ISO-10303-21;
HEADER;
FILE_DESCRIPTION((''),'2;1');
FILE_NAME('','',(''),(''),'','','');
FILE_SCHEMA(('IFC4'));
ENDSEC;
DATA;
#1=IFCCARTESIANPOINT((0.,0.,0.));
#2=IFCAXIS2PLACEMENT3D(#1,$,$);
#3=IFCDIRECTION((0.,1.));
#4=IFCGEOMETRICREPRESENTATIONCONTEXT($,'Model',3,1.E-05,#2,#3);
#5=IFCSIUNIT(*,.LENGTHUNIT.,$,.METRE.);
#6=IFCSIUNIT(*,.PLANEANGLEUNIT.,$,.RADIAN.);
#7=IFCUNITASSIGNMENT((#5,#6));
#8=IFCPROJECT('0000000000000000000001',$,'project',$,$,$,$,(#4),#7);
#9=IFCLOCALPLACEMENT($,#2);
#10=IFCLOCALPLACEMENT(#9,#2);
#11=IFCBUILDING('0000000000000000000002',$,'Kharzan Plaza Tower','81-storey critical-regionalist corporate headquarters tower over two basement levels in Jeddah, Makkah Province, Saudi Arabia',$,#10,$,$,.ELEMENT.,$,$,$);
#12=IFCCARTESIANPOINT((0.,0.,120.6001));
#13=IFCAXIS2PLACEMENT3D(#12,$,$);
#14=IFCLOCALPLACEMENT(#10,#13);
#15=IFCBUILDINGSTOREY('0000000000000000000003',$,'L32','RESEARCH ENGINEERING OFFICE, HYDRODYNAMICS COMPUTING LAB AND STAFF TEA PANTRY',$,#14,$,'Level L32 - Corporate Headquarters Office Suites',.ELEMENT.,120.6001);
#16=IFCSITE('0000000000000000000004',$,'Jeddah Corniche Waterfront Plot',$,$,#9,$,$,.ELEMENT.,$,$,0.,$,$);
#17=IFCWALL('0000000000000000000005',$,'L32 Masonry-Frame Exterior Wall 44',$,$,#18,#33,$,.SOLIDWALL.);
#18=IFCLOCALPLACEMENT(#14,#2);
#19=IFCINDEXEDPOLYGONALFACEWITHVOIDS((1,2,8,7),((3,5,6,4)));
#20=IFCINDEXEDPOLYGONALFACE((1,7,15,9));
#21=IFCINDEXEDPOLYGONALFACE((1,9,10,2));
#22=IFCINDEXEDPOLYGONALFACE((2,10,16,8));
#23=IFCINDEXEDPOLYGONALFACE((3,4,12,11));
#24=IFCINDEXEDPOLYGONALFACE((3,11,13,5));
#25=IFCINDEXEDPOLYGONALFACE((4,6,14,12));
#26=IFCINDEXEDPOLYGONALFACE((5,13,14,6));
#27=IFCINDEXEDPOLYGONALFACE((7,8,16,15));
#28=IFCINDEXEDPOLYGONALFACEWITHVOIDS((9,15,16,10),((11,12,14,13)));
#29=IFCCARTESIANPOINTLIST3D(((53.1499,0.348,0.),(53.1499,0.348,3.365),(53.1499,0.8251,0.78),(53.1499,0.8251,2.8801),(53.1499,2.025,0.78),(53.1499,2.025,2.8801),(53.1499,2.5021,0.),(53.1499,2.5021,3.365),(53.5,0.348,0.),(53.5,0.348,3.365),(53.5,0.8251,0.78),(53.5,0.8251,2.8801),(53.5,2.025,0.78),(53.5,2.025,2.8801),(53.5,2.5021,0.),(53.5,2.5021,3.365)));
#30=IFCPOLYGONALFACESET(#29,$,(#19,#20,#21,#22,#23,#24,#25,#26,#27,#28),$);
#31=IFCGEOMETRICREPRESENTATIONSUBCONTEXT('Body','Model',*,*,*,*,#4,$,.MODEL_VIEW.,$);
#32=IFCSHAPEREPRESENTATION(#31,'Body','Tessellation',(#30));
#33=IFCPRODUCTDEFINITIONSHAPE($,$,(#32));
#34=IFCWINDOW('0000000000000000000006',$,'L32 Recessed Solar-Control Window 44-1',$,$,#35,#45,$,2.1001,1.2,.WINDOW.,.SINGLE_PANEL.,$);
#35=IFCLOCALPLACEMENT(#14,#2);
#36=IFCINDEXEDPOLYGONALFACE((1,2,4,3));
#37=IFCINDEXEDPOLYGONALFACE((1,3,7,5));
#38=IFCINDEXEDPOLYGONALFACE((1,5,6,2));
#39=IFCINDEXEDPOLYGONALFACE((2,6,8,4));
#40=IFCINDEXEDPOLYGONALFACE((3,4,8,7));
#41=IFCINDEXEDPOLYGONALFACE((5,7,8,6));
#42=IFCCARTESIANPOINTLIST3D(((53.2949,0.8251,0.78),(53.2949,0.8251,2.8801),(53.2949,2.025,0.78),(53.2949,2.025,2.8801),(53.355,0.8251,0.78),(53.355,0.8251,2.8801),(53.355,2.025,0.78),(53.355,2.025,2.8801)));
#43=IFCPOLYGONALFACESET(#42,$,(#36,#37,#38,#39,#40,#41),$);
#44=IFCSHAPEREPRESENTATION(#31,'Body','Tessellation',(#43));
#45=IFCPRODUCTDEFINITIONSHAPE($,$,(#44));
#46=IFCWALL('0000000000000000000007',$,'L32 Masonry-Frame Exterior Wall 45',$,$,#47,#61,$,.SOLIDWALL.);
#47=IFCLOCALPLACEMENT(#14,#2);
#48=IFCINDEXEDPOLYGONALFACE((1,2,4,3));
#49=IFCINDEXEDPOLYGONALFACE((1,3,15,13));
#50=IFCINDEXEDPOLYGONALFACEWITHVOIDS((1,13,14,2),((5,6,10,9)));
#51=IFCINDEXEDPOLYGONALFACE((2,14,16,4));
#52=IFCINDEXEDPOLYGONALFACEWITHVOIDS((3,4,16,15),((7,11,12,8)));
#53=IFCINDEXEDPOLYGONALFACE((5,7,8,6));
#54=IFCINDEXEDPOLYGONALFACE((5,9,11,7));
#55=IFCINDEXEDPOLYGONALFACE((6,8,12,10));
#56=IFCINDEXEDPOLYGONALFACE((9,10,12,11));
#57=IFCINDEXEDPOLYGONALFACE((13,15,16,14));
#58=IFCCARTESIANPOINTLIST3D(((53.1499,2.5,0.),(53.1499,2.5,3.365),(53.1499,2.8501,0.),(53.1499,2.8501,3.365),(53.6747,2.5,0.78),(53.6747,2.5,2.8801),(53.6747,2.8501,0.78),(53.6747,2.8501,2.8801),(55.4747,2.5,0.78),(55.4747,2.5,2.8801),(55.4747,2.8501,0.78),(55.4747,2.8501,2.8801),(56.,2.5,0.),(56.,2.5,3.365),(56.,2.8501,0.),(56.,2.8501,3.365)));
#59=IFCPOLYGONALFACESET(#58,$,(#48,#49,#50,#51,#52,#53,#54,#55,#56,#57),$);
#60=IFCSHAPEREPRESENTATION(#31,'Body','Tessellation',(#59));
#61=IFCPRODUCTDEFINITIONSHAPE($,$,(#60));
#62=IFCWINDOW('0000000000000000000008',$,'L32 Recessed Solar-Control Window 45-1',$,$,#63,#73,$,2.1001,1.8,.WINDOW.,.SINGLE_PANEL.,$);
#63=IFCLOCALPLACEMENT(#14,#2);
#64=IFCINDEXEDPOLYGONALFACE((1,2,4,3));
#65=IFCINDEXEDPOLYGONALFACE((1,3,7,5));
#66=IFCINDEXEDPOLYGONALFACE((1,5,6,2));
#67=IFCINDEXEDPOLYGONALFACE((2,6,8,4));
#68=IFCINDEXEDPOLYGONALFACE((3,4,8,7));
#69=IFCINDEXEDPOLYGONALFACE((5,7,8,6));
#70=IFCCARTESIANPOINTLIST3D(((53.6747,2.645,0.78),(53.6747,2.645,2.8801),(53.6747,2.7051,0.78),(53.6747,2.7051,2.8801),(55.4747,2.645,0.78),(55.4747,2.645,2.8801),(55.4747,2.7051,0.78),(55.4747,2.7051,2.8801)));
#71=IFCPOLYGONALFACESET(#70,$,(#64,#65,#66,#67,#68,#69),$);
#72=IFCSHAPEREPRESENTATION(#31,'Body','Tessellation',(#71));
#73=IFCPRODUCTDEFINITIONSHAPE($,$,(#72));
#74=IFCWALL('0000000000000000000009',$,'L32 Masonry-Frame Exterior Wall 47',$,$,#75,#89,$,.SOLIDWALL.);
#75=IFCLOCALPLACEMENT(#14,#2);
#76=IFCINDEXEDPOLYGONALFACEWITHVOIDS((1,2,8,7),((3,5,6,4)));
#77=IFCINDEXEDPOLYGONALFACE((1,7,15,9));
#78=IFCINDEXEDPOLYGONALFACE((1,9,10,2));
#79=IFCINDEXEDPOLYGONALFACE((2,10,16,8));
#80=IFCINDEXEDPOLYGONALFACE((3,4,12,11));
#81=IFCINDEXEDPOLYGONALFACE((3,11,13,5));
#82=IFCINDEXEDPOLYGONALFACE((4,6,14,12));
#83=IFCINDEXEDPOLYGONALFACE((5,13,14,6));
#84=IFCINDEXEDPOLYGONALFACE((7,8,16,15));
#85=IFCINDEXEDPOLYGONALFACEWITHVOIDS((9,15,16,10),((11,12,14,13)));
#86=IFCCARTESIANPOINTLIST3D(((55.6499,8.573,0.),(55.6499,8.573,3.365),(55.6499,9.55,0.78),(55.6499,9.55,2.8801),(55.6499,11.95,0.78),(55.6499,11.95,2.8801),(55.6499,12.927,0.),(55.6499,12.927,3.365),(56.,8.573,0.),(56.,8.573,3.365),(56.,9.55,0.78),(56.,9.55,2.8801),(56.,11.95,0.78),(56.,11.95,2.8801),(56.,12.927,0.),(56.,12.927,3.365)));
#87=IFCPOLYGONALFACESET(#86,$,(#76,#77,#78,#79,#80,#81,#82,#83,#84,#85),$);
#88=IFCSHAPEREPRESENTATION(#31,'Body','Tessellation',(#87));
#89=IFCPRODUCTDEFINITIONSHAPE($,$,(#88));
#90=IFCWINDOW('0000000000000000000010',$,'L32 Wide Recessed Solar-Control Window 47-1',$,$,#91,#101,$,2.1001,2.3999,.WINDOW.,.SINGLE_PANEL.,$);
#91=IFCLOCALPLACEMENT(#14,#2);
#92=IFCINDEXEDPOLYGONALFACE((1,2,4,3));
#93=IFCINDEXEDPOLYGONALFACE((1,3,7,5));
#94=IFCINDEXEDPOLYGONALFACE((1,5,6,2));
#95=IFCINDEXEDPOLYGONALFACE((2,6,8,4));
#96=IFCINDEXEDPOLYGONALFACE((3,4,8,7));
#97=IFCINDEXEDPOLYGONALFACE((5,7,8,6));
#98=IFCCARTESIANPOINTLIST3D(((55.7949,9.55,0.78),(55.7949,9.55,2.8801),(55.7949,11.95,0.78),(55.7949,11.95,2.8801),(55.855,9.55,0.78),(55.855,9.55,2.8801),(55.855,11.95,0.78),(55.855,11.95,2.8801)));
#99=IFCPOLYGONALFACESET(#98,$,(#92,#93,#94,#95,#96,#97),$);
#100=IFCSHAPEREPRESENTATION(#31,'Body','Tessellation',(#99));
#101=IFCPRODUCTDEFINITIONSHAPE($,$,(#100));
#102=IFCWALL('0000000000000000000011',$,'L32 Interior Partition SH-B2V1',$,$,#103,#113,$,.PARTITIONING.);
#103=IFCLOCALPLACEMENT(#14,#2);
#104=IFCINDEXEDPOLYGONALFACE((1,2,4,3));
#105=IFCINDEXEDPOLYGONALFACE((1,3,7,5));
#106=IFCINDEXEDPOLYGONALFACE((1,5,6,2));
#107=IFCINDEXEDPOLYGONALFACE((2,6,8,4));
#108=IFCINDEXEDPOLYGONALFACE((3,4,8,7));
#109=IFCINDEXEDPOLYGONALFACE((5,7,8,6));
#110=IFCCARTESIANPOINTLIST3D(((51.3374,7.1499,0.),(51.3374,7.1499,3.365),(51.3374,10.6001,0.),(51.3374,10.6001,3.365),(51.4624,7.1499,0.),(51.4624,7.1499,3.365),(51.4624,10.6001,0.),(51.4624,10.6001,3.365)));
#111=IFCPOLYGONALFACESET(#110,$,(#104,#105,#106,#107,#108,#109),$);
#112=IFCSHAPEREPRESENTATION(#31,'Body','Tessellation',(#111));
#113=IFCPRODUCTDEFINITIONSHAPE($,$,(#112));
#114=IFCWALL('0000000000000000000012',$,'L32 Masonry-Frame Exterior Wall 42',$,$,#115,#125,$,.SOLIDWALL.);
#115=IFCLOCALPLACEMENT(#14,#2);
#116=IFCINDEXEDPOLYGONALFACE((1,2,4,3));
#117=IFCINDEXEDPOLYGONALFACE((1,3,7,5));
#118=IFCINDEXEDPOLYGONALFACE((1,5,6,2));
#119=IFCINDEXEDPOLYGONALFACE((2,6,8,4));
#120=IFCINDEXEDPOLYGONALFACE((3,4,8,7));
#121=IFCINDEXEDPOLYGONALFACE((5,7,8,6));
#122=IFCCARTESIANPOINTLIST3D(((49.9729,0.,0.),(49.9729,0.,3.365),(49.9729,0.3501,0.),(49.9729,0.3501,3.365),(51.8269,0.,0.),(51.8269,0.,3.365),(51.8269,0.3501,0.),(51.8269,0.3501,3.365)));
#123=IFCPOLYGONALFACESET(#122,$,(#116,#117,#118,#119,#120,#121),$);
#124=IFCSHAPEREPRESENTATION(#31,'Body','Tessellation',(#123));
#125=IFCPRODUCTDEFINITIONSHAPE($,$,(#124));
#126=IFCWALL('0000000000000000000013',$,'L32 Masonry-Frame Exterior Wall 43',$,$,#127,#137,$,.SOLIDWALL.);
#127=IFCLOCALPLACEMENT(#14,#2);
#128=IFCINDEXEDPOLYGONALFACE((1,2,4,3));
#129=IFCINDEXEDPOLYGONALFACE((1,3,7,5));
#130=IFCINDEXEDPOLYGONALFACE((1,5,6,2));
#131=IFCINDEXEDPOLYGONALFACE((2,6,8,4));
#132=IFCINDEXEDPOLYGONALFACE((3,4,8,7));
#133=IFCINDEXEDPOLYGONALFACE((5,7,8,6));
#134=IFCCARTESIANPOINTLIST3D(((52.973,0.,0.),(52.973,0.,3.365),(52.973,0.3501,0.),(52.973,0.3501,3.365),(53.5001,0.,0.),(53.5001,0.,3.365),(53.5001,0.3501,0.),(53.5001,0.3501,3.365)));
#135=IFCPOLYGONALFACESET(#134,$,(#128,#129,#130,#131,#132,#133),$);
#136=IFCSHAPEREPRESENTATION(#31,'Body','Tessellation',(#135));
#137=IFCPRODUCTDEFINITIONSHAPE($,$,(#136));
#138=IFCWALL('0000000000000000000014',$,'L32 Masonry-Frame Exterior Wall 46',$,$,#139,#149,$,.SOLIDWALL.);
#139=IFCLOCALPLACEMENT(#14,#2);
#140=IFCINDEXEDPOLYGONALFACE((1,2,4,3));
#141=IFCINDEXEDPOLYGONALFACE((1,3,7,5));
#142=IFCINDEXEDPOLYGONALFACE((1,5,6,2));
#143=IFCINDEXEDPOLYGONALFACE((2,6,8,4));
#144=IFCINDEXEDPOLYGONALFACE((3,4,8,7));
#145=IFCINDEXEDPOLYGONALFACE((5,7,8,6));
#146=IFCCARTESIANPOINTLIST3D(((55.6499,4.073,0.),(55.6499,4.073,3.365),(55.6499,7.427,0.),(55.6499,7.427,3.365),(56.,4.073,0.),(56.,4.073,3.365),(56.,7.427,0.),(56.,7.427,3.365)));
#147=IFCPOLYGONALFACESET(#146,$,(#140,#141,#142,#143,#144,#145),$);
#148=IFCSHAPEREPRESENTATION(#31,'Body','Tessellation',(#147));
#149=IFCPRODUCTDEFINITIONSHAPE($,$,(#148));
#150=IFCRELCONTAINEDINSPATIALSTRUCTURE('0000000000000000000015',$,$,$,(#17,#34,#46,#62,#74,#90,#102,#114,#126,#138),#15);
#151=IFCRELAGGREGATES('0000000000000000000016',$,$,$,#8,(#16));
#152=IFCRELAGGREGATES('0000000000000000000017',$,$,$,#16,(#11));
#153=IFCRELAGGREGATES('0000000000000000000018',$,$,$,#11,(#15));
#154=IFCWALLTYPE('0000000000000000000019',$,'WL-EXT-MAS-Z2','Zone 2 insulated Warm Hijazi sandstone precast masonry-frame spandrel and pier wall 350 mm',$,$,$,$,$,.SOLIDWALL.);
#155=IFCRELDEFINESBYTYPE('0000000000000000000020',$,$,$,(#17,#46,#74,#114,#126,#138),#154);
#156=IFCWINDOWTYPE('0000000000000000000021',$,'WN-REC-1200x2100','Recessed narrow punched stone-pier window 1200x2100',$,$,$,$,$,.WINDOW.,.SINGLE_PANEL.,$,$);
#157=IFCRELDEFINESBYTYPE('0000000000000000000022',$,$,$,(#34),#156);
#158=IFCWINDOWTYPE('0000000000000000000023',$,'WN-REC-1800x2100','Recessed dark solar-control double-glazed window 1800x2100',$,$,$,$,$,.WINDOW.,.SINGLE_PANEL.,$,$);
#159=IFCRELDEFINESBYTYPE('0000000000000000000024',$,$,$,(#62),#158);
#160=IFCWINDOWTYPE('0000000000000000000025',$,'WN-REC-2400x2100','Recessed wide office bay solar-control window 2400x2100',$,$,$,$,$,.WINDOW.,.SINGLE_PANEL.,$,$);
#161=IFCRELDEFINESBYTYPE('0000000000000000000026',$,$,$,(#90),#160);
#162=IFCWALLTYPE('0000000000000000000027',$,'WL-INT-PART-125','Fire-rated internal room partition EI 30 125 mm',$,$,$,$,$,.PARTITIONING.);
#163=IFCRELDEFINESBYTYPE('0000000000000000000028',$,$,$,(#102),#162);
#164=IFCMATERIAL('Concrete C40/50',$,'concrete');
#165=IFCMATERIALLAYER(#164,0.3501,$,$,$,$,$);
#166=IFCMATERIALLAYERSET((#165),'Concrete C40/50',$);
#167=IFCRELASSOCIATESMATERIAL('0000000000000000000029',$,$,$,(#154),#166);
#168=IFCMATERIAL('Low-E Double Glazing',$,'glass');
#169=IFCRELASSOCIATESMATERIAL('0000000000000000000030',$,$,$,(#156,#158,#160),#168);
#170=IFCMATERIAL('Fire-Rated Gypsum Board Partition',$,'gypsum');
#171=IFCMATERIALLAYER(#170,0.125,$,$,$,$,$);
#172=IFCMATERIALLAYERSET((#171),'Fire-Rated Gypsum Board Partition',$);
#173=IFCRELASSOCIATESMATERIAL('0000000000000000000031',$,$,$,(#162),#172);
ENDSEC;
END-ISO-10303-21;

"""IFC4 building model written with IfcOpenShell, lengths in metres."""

from ifc_helpers import new_model, si_unit, direction, frame, frame_2d, origin, place, context, subcontext, project, spatial, rectangle, extrude, source, transform, mapped, material, layer, layer_set, type_object, element, fill, save


model = new_model("IFC4")

# Units and contexts
model_context = context("Model", 3, precision=1e-05, world=origin(), true_north=direction((0.0, 1.0)))
body_context = subcontext(model_context, "Body", "Model", "MODEL_VIEW")
ifc_project = project(units=[si_unit("LENGTHUNIT", "METRE"), si_unit("PLANEANGLEUNIT", "RADIAN")], contexts=[model_context])

# Site, building, storey
site_placement = place(None, origin())
site = spatial("IfcSite", under=ifc_project, at=site_placement, Name="Jeddah Corniche Waterfront Plot", CompositionType="ELEMENT", RefElevation=0.0)
building_placement = place(site_placement, origin())
building = spatial("IfcBuilding", under=site, at=building_placement, Name="Kharzan Plaza Tower", Description="81-storey critical-regionalist corporate headquarters tower over two basement levels in Jeddah, Makkah Province, Saudi Arabia", CompositionType="ELEMENT")
storey_placement = place(building_placement, frame((0.0, 0.0, 120.6001)))
storey = spatial("IfcBuildingStorey", under=building, at=storey_placement, Name="L32", Description="RESEARCH ENGINEERING OFFICE, HYDRODYNAMICS COMPUTING LAB AND STAFF TEA PANTRY", LongName="Level L32 - Corporate Headquarters Office Suites", CompositionType="ELEMENT", Elevation=120.6001)

# Walls, openings, windows
ifc_material_1 = material(Name="Concrete C40/50", Category="concrete")
ifc_layer_1 = layer(ifc_material_1, 0.3501)
ifc_layer_set_1 = layer_set([ifc_layer_1], Name="Concrete C40/50")
wall_type_1 = type_object("IfcWallType", Name="WL-EXT-MAS-Z2", Description="Zone 2 insulated Warm Hijazi sandstone precast masonry-frame spandrel and pier wall 350 mm", PredefinedType="SOLIDWALL", material=ifc_layer_set_1)
wall_1_placement = place(storey_placement, frame((53.325, 0.3479, 0.0), z_axis=(0.0, 0.0, 1.0), x_axis=(0.0, 1.0, 0.0)))
wall_1 = element("IfcWall", 1, at=wall_1_placement, inside=storey, type_object=wall_type_1, Name="L32 Masonry-Frame Exterior Wall 44", PredefinedType="SOLIDWALL", context=body_context, shape_type="SweptSolid", body=[
    extrude(rectangle(XDim=2.1541, YDim=0.3501, at=frame_2d((1.0771, 0.0))), origin(), (0.0, 0.0, 1.0), 3.365),
])
opening_1_placement = place(wall_1_placement, frame((0.4771, 0.0, 0.78)))
opening_1 = element("IfcOpeningElement", 2, at=opening_1_placement, cuts=wall_1, PredefinedType="OPENING", context=body_context, shape_type="SweptSolid", body=[
    extrude(rectangle(XDim=1.2, YDim=2.1001, at=frame_2d((0.6001, 1.05))), frame((0.0, 0.1851, 0.0), z_axis=(0.0, -1.0, 0.0), x_axis=(1.0, 0.0, 0.0)), (0.0, 0.0, 1.0), 0.3701),
])
ifc_material_2 = material(Name="Low-E Double Glazing", Category="glass")
window_type_1 = type_object("IfcWindowType", Name="WN-REC-1200x2100", Description="Recessed narrow punched stone-pier window 1200x2100", PartitioningType="SINGLE_PANEL", PredefinedType="WINDOW", material=ifc_material_2)
shared_shape_1 = source(origin(), body_context, "Body", "SweptSolid", [
    extrude(rectangle(XDim=1.2, YDim=2.1001, at=frame_2d((0.6001, 1.05))), frame((0.0, 0.03, 0.0), z_axis=(0.0, -1.0, 0.0), x_axis=(1.0, 0.0, 0.0)), (0.0, 0.0, 1.0), 0.0601),
])
window_1_placement = place(opening_1_placement, origin())
window_1 = element("IfcWindow", 3, at=window_1_placement, inside=storey, type_object=window_type_1, Name="L32 Recessed Solar-Control Window 44-1", OverallHeight=2.1001, OverallWidth=1.2, PartitioningType="SINGLE_PANEL", PredefinedType="WINDOW", context=body_context, shape_type="MappedRepresentation", body=[
    mapped(shared_shape_1, transform((0.0, 0.0, 0.0), x_axis=(1.0, 0.0, 0.0), y_axis=(0.0, 1.0, 0.0), z_axis=(0.0, 0.0, 1.0))),
])
fill(opening_1, window_1)
wall_2_placement = place(storey_placement, frame((53.1499, 2.675, 0.0), z_axis=(0.0, 0.0, 1.0), x_axis=(1.0, 0.0, 0.0)))
wall_2 = element("IfcWall", 4, at=wall_2_placement, inside=storey, type_object=wall_type_1, Name="L32 Masonry-Frame Exterior Wall 45", PredefinedType="SOLIDWALL", context=body_context, shape_type="SweptSolid", body=[
    extrude(rectangle(XDim=2.8501, YDim=0.3501, at=frame_2d((1.425, 0.0))), origin(), (0.0, 0.0, 1.0), 3.365),
])
opening_2_placement = place(wall_2_placement, frame((0.5249, 0.0, 0.78)))
opening_2 = element("IfcOpeningElement", 5, at=opening_2_placement, cuts=wall_2, PredefinedType="OPENING", context=body_context, shape_type="SweptSolid", body=[
    extrude(rectangle(XDim=1.8, YDim=2.1001, at=frame_2d((0.8999, 1.05))), frame((0.0, 0.1851, 0.0), z_axis=(0.0, -1.0, 0.0), x_axis=(1.0, 0.0, 0.0)), (0.0, 0.0, 1.0), 0.3701),
])
window_type_2 = type_object("IfcWindowType", Name="WN-REC-1800x2100", Description="Recessed dark solar-control double-glazed window 1800x2100", PartitioningType="SINGLE_PANEL", PredefinedType="WINDOW", material=ifc_material_2)
shared_shape_2 = source(origin(), body_context, "Body", "SweptSolid", [
    extrude(rectangle(XDim=1.8, YDim=2.1001, at=frame_2d((0.8999, 1.05))), frame((0.0, 0.03, 0.0), z_axis=(0.0, -1.0, 0.0), x_axis=(1.0, 0.0, 0.0)), (0.0, 0.0, 1.0), 0.0601),
])
window_2_placement = place(opening_2_placement, origin())
window_2 = element("IfcWindow", 6, at=window_2_placement, inside=storey, type_object=window_type_2, Name="L32 Recessed Solar-Control Window 45-1", OverallHeight=2.1001, OverallWidth=1.8, PartitioningType="SINGLE_PANEL", PredefinedType="WINDOW", context=body_context, shape_type="MappedRepresentation", body=[
    mapped(shared_shape_2, transform((0.0, 0.0, 0.0), x_axis=(1.0, 0.0, 0.0), y_axis=(0.0, 1.0, 0.0), z_axis=(0.0, 0.0, 1.0))),
])
fill(opening_2, window_2)
wall_3_placement = place(storey_placement, frame((55.825, 8.573, 0.0), z_axis=(0.0, 0.0, 1.0), x_axis=(0.0, 1.0, 0.0)))
wall_3 = element("IfcWall", 7, at=wall_3_placement, inside=storey, type_object=wall_type_1, Name="L32 Masonry-Frame Exterior Wall 47", PredefinedType="SOLIDWALL", context=body_context, shape_type="SweptSolid", body=[
    extrude(rectangle(XDim=4.354, YDim=0.3501, at=frame_2d((2.177, 0.0))), origin(), (0.0, 0.0, 1.0), 3.365),
])
opening_3_placement = place(wall_3_placement, frame((0.9771, 0.0, 0.78)))
opening_3 = element("IfcOpeningElement", 8, at=opening_3_placement, cuts=wall_3, PredefinedType="OPENING", context=body_context, shape_type="SweptSolid", body=[
    extrude(rectangle(XDim=2.3999, YDim=2.1001, at=frame_2d((1.2, 1.05))), frame((0.0, 0.1851, 0.0), z_axis=(0.0, -1.0, 0.0), x_axis=(1.0, 0.0, 0.0)), (0.0, 0.0, 1.0), 0.3701),
])
window_type_3 = type_object("IfcWindowType", Name="WN-REC-2400x2100", Description="Recessed wide office bay solar-control window 2400x2100", PartitioningType="SINGLE_PANEL", PredefinedType="WINDOW", material=ifc_material_2)
shared_shape_3 = source(origin(), body_context, "Body", "SweptSolid", [
    extrude(rectangle(XDim=2.3999, YDim=2.1001, at=frame_2d((1.2, 1.05))), frame((0.0, 0.03, 0.0), z_axis=(0.0, -1.0, 0.0), x_axis=(1.0, 0.0, 0.0)), (0.0, 0.0, 1.0), 0.0601),
])
window_3_placement = place(opening_3_placement, origin())
window_3 = element("IfcWindow", 9, at=window_3_placement, inside=storey, type_object=window_type_3, Name="L32 Wide Recessed Solar-Control Window 47-1", OverallHeight=2.1001, OverallWidth=2.3999, PartitioningType="SINGLE_PANEL", PredefinedType="WINDOW", context=body_context, shape_type="MappedRepresentation", body=[
    mapped(shared_shape_3, transform((0.0, 0.0, 0.0), x_axis=(1.0, 0.0, 0.0), y_axis=(0.0, 1.0, 0.0), z_axis=(0.0, 0.0, 1.0))),
])
fill(opening_3, window_3)

# Walls
ifc_material_3 = material(Name="Fire-Rated Gypsum Board Partition", Category="gypsum")
ifc_layer_2 = layer(ifc_material_3, 0.125)
ifc_layer_set_2 = layer_set([ifc_layer_2], Name="Fire-Rated Gypsum Board Partition")
wall_type_2 = type_object("IfcWallType", Name="WL-INT-PART-125", Description="Fire-rated internal room partition EI 30 125 mm", PredefinedType="PARTITIONING", material=ifc_layer_set_2)
shared_shape_4 = source(origin(), body_context, "Body", "SweptSolid", [
    extrude(rectangle(XDim=3.4502, YDim=0.125, at=frame_2d((1.7251, 0.0))), origin(), (0.0, 0.0, 1.0), 3.365),
])
wall_4_placement = place(storey_placement, frame((51.3999, 7.1499, 0.0), z_axis=(0.0, 0.0, 1.0), x_axis=(0.0, 1.0, 0.0)))
element("IfcWall", 10, at=wall_4_placement, inside=storey, type_object=wall_type_2, Name="L32 Interior Partition SH-B2V1", PredefinedType="PARTITIONING", context=body_context, shape_type="MappedRepresentation", body=[
    mapped(shared_shape_4, transform((0.0, 0.0, 0.0), x_axis=(1.0, 0.0, 0.0), y_axis=(0.0, 1.0, 0.0), z_axis=(0.0, 0.0, 1.0))),
])
shared_shape_5 = source(origin(), body_context, "Body", "SweptSolid", [
    extrude(rectangle(XDim=1.854, YDim=0.3501, at=frame_2d((0.927, 0.0))), origin(), (0.0, 0.0, 1.0), 3.365),
])
wall_5_placement = place(storey_placement, frame((49.9729, 0.175, 0.0), z_axis=(0.0, 0.0, 1.0), x_axis=(1.0, 0.0, 0.0)))
element("IfcWall", 11, at=wall_5_placement, inside=storey, type_object=wall_type_1, Name="L32 Masonry-Frame Exterior Wall 42", PredefinedType="SOLIDWALL", context=body_context, shape_type="MappedRepresentation", body=[
    mapped(shared_shape_5, transform((0.0, 0.0, 0.0), x_axis=(1.0, 0.0, 0.0), y_axis=(0.0, 1.0, 0.0), z_axis=(0.0, 0.0, 1.0))),
])
shared_shape_6 = source(origin(), body_context, "Body", "SweptSolid", [
    extrude(rectangle(XDim=0.5271, YDim=0.3501, at=frame_2d((0.2637, 0.0))), origin(), (0.0, 0.0, 1.0), 3.365),
])
wall_6_placement = place(storey_placement, frame((52.9729, 0.175, 0.0), z_axis=(0.0, 0.0, 1.0), x_axis=(1.0, 0.0, 0.0)))
element("IfcWall", 12, at=wall_6_placement, inside=storey, type_object=wall_type_1, Name="L32 Masonry-Frame Exterior Wall 43", PredefinedType="SOLIDWALL", context=body_context, shape_type="MappedRepresentation", body=[
    mapped(shared_shape_6, transform((0.0, 0.0, 0.0), x_axis=(1.0, 0.0, 0.0), y_axis=(0.0, 1.0, 0.0), z_axis=(0.0, 0.0, 1.0))),
])
shared_shape_7 = source(origin(), body_context, "Body", "SweptSolid", [
    extrude(rectangle(XDim=3.354, YDim=0.3501, at=frame_2d((1.677, 0.0))), origin(), (0.0, 0.0, 1.0), 3.365),
])
wall_7_placement = place(storey_placement, frame((55.825, 4.073, 0.0), z_axis=(0.0, 0.0, 1.0), x_axis=(0.0, 1.0, 0.0)))
element("IfcWall", 13, at=wall_7_placement, inside=storey, type_object=wall_type_1, Name="L32 Masonry-Frame Exterior Wall 46", PredefinedType="SOLIDWALL", context=body_context, shape_type="MappedRepresentation", body=[
    mapped(shared_shape_7, transform((0.0, 0.0, 0.0), x_axis=(1.0, 0.0, 0.0), y_axis=(0.0, 1.0, 0.0), z_axis=(0.0, 0.0, 1.0))),
])

save(model, "model.ifc")
